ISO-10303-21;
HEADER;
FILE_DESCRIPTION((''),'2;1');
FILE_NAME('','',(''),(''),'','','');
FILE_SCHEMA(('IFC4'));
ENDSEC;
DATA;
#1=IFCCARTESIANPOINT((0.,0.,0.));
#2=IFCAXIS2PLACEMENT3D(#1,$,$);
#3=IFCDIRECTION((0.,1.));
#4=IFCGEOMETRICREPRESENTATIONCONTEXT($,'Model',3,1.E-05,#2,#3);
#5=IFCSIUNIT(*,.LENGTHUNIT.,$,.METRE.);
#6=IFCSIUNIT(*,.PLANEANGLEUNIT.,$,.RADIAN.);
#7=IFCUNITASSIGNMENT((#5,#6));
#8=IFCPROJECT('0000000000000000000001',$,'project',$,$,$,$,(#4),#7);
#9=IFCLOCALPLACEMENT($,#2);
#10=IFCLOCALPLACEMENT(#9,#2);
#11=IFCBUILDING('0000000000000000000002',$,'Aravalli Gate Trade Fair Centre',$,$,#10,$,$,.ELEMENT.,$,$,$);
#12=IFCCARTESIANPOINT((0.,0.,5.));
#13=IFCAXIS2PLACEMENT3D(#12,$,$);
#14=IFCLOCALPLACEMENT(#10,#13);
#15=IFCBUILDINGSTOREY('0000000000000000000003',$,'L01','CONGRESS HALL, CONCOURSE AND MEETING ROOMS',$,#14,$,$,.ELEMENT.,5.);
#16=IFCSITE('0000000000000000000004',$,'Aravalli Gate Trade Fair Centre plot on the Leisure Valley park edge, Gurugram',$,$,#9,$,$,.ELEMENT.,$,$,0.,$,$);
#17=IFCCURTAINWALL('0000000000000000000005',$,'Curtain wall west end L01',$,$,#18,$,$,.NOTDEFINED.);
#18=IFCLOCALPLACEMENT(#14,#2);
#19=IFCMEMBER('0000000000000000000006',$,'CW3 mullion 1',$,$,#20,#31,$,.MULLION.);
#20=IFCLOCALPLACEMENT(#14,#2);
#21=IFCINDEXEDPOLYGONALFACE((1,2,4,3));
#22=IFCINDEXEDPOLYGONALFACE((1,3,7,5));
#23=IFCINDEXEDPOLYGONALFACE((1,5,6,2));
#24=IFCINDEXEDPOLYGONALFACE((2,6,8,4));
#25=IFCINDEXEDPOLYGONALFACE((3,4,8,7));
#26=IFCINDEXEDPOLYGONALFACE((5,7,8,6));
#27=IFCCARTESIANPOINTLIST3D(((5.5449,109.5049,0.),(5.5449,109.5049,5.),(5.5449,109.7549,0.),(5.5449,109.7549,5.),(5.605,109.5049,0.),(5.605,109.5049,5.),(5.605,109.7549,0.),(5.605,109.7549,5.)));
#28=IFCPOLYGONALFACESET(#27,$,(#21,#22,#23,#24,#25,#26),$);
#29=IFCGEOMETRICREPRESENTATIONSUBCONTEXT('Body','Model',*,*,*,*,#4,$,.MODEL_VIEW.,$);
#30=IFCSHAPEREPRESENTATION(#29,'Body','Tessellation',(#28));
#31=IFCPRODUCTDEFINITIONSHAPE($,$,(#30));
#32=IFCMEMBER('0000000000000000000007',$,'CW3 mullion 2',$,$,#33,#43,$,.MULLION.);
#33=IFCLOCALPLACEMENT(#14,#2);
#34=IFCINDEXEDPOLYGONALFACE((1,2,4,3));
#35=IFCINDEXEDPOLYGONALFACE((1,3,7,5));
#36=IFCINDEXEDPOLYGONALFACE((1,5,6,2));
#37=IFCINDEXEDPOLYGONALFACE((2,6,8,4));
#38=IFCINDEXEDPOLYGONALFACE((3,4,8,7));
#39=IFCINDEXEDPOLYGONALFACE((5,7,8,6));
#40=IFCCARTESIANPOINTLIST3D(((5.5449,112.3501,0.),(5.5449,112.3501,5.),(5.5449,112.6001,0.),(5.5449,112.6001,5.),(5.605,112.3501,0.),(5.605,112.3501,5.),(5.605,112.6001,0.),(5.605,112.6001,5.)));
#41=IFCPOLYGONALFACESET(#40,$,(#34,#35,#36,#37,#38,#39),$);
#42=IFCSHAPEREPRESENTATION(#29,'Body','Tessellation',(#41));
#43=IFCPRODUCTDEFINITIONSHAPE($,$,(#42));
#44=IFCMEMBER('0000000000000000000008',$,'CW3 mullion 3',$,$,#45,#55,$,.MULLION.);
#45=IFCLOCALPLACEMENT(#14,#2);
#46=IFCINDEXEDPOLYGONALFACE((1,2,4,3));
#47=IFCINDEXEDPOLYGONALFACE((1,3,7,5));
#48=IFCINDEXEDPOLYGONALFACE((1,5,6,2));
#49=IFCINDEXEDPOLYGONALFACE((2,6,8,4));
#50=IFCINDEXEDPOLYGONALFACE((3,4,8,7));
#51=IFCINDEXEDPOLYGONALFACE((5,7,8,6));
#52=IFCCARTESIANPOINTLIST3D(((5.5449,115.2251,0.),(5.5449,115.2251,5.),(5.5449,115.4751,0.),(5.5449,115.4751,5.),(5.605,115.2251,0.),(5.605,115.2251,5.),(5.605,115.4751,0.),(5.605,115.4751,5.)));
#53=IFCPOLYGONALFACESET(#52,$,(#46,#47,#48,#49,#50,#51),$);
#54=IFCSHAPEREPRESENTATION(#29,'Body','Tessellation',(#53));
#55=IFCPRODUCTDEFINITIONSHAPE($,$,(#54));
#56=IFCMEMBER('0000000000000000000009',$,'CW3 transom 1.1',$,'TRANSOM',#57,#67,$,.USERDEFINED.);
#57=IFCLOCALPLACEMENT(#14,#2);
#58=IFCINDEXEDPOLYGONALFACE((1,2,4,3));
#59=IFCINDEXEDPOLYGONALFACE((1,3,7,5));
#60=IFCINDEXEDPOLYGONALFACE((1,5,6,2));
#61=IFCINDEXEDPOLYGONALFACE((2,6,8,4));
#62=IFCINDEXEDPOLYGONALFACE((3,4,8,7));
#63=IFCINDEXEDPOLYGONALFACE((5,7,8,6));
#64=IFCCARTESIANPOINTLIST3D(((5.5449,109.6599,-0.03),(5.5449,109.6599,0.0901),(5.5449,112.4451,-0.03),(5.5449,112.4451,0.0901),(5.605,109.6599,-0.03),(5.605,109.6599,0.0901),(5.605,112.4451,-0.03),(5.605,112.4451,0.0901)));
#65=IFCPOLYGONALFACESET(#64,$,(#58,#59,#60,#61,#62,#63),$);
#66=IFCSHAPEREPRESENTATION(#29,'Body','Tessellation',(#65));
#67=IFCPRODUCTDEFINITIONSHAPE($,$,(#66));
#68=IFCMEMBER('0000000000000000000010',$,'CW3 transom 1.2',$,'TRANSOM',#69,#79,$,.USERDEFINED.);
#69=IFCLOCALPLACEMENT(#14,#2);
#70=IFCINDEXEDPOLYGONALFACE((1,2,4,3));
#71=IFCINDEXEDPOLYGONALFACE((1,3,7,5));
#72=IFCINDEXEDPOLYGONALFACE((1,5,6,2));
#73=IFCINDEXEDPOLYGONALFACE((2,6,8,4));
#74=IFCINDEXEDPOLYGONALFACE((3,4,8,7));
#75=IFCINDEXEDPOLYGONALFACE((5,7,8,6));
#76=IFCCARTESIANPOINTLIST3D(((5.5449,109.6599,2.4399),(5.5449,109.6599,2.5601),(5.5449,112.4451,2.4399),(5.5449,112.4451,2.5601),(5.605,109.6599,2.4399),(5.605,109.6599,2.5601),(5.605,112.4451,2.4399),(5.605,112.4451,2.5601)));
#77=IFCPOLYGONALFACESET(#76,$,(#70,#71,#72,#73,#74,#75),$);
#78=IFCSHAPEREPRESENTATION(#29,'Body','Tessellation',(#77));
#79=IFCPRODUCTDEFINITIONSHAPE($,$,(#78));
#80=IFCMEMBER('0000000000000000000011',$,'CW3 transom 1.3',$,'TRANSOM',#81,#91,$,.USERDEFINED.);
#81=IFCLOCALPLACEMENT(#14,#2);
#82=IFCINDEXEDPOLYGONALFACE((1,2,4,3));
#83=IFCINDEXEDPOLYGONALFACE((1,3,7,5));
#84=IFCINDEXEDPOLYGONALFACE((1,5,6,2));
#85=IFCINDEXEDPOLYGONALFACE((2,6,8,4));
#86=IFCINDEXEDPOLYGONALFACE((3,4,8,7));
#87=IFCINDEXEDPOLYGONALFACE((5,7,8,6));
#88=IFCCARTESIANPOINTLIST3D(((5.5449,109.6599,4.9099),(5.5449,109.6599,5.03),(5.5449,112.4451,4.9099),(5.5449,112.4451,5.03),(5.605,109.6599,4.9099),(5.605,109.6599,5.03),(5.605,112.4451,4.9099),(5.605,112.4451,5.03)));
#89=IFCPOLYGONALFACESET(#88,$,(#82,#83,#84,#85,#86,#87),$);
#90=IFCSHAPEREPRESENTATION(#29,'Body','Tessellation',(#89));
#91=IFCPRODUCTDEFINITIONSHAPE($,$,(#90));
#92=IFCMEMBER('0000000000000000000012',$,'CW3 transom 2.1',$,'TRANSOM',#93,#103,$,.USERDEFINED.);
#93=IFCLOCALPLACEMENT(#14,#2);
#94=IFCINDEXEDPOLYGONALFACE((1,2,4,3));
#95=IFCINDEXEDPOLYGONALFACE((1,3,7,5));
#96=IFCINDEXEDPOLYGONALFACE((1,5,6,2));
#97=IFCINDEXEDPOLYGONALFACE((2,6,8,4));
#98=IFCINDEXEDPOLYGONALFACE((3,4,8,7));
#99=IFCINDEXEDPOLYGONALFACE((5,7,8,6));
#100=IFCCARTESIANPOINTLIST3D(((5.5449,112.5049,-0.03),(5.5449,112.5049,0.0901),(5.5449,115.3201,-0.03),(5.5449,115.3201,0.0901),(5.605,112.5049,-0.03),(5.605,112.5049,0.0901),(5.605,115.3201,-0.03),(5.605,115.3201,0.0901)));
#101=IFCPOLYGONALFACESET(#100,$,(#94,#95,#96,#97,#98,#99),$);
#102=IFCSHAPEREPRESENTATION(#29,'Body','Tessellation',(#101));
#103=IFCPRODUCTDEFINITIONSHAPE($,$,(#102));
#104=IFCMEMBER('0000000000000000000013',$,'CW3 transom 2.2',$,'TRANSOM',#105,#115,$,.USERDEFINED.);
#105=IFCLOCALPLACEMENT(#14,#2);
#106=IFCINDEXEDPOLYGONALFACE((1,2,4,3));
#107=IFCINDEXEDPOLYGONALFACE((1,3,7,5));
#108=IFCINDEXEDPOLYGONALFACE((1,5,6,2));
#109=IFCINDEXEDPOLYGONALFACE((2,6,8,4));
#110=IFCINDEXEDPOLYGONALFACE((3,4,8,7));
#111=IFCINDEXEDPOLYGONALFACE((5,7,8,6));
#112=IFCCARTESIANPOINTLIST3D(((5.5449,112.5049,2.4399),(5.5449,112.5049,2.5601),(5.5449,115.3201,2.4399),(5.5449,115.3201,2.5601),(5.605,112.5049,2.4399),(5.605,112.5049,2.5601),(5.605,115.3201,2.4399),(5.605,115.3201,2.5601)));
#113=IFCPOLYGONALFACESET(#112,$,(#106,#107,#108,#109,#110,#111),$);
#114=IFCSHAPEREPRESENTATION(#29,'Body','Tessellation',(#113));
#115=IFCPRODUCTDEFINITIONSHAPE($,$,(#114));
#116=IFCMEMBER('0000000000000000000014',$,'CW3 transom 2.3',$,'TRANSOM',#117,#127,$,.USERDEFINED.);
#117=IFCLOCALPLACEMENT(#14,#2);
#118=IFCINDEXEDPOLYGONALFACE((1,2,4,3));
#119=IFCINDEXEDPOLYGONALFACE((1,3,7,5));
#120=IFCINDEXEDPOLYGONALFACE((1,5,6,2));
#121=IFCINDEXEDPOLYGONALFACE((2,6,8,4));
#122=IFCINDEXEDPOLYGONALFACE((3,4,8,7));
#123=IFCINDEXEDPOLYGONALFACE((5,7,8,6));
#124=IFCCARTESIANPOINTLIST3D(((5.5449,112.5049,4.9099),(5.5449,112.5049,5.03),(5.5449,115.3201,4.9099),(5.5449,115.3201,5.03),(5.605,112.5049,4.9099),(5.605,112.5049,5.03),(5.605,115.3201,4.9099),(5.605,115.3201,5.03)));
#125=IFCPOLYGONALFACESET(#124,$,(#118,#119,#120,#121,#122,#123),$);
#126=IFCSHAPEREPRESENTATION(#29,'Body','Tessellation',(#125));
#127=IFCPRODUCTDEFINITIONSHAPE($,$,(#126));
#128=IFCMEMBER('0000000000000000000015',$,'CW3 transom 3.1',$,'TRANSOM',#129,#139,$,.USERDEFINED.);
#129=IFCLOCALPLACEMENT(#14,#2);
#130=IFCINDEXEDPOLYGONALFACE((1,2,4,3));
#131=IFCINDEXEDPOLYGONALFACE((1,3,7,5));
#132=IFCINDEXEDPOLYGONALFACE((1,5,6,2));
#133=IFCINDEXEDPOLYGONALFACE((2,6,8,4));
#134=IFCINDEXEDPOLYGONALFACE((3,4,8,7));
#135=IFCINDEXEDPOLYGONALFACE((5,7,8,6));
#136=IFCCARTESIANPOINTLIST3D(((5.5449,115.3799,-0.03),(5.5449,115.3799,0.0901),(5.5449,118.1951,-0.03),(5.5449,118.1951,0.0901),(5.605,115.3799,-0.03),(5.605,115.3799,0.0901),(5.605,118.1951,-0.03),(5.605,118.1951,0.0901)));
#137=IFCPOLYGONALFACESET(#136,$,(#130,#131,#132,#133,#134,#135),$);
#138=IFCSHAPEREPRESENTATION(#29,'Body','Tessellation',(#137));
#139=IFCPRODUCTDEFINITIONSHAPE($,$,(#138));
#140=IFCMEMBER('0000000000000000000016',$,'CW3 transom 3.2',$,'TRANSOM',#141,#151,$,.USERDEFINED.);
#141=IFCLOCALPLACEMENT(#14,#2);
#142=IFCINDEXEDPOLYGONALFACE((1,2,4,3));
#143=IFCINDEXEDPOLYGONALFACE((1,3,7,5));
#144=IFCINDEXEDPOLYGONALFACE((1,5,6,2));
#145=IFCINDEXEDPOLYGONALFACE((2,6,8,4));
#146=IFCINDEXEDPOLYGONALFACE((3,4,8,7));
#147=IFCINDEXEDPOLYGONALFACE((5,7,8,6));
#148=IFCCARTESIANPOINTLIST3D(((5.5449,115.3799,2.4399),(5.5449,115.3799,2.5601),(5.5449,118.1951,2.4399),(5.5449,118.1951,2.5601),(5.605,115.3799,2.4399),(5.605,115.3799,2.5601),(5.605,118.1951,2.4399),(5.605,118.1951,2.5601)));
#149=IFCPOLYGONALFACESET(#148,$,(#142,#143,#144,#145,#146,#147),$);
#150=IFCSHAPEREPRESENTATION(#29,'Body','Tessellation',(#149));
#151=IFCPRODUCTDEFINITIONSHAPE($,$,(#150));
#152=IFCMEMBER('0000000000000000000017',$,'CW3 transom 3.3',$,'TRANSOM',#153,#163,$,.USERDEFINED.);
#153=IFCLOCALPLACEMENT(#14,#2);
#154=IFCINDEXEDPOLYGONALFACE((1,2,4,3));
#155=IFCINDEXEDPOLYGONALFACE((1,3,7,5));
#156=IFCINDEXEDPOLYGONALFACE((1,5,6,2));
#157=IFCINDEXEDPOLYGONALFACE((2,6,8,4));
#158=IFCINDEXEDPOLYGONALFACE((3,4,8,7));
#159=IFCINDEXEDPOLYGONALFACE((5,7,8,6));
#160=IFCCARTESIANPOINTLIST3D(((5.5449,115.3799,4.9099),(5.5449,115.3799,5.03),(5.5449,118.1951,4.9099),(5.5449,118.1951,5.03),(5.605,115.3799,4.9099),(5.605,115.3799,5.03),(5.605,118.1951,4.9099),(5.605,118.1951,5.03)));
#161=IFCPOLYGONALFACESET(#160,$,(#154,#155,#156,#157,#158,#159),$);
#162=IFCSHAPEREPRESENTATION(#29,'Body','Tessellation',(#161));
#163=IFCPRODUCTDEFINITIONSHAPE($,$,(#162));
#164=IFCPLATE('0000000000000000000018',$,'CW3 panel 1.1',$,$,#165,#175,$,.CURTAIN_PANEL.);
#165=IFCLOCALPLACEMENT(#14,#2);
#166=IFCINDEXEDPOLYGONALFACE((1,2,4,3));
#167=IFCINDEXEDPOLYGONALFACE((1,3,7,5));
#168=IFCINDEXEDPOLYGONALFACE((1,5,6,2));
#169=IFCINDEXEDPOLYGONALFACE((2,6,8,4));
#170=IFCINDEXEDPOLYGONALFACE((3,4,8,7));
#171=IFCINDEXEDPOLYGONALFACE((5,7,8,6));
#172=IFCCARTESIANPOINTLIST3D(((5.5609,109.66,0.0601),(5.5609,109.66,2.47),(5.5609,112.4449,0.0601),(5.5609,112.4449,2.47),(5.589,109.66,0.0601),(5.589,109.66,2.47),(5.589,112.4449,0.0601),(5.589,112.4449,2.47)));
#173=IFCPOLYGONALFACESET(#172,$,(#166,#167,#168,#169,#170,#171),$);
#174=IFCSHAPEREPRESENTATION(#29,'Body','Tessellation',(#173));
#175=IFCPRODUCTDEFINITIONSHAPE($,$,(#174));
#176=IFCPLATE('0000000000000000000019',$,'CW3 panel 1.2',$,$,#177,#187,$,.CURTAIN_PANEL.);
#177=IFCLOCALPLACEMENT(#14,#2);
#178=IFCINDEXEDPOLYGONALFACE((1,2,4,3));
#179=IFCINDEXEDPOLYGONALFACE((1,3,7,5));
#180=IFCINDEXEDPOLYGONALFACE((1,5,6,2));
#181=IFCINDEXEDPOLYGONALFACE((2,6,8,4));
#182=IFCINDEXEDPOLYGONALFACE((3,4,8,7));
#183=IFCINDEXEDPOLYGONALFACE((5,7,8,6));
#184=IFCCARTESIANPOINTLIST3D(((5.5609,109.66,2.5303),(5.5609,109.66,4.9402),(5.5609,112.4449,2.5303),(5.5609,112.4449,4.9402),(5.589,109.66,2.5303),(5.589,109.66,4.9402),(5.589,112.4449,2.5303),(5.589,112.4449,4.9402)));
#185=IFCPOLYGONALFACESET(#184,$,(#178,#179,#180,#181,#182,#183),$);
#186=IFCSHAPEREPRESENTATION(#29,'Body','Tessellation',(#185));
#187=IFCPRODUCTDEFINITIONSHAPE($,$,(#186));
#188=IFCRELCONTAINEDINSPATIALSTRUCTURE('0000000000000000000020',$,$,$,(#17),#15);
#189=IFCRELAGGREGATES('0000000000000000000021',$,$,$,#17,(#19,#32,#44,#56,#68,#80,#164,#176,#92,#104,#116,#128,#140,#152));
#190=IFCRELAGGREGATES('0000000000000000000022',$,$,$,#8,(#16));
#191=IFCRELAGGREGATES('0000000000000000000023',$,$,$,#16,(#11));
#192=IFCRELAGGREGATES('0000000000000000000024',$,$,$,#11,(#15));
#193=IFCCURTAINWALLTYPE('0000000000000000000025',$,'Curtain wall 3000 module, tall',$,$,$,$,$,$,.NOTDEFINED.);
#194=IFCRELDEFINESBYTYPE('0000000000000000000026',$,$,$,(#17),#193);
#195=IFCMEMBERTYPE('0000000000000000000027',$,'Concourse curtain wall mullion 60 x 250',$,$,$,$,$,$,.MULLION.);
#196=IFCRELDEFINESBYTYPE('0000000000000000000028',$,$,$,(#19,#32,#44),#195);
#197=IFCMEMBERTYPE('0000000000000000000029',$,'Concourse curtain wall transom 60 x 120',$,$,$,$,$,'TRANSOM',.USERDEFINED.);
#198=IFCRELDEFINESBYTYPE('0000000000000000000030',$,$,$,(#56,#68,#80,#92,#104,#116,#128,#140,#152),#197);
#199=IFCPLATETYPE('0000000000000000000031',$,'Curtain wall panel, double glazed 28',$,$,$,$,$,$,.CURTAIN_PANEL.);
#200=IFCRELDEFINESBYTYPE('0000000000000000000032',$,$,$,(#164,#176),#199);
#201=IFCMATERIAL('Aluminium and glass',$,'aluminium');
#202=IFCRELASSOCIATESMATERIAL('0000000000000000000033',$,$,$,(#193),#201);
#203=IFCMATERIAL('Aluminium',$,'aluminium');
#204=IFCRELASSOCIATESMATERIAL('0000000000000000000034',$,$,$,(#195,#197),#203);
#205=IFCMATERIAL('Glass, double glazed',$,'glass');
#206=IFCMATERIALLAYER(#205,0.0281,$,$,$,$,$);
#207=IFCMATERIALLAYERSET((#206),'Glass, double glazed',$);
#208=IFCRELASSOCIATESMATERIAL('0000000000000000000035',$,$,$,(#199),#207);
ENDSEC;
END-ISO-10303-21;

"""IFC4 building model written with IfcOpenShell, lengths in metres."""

from ifc_helpers import new_model, si_unit, direction, frame, origin, origin_2d, place, context, subcontext, project, spatial, rectangle, extrude, material, layer, layer_set, material_profile, profile_set, type_object, element, aggregate, save


model = new_model("IFC4")

# Units and contexts
model_context = context("Model", 3, precision=1e-05, world=origin(), true_north=direction((0.0, 1.0)))
body_context = subcontext(model_context, "Body", "Model", "MODEL_VIEW")
ifc_project = project(units=[si_unit("LENGTHUNIT", "METRE"), si_unit("PLANEANGLEUNIT", "RADIAN")], contexts=[model_context])

# Site, building, storey
site_placement = place(None, origin())
site = spatial("IfcSite", under=ifc_project, at=site_placement, Name="Aravalli Gate Trade Fair Centre plot on the Leisure Valley park edge, Gurugram", CompositionType="ELEMENT", RefElevation=0.0)
building_placement = place(site_placement, origin())
building = spatial("IfcBuilding", under=site, at=building_placement, Name="Aravalli Gate Trade Fair Centre", CompositionType="ELEMENT")
storey_placement = place(building_placement, frame((0.0, 0.0, 5.0)))
storey = spatial("IfcBuildingStorey", under=building, at=storey_placement, Name="L01", Description="CONGRESS HALL, CONCOURSE AND MEETING ROOMS", CompositionType="ELEMENT", Elevation=5.0)

# Curtain wall, members, plates
ifc_material_1 = material(Name="Aluminium and glass", Category="aluminium")
curtain_wall_type = type_object("IfcCurtainWallType", Name="Curtain wall 3000 module, tall", PredefinedType="NOTDEFINED", material=ifc_material_1)
curtain_wall_placement = place(storey_placement, origin())
curtain_wall = element("IfcCurtainWall", 1, at=curtain_wall_placement, inside=storey, type_object=curtain_wall_type, Name="Curtain wall west end L01", PredefinedType="NOTDEFINED")
ifc_material_2 = material(Name="Aluminium", Category="aluminium")
ifc_material_profile_1 = material_profile(ifc_material_2, rectangle(XDim=0.0601, YDim=0.25, at=origin_2d()), Name="Concourse curtain wall mullion 60 x 250")
ifc_profile_set_1 = profile_set([ifc_material_profile_1], Name="Aluminium")
member_type_1 = type_object("IfcMemberType", Name="Concourse curtain wall mullion 60 x 250", PredefinedType="MULLION", material=ifc_profile_set_1)
member_1_placement = place(storey_placement, frame((5.575, 109.6299, 0.0), z_axis=(0.0, 0.0, 1.0), x_axis=(-1.0, 0.0, 0.0)))
member_1 = element("IfcMember", 2, at=member_1_placement, type_object=member_type_1, Name="CW3 mullion 1", PredefinedType="MULLION", context=body_context, shape_type="SweptSolid", body=[
    extrude(rectangle(XDim=0.0601, YDim=0.25, at=origin_2d()), origin(), (0.0, 0.0, 1.0), 5.0),
])
member_2_placement = place(storey_placement, frame((5.575, 112.4751, 0.0), z_axis=(0.0, 0.0, 1.0), x_axis=(-1.0, 0.0, 0.0)))
member_2 = element("IfcMember", 3, at=member_2_placement, type_object=member_type_1, Name="CW3 mullion 2", PredefinedType="MULLION", context=body_context, shape_type="SweptSolid", body=[
    extrude(rectangle(XDim=0.0601, YDim=0.25, at=origin_2d()), origin(), (0.0, 0.0, 1.0), 5.0),
])
member_3_placement = place(storey_placement, frame((5.575, 115.3501, 0.0), z_axis=(0.0, 0.0, 1.0), x_axis=(-1.0, 0.0, 0.0)))
member_3 = element("IfcMember", 4, at=member_3_placement, type_object=member_type_1, Name="CW3 mullion 3", PredefinedType="MULLION", context=body_context, shape_type="SweptSolid", body=[
    extrude(rectangle(XDim=0.0601, YDim=0.25, at=origin_2d()), origin(), (0.0, 0.0, 1.0), 5.0),
])
ifc_material_profile_2 = material_profile(ifc_material_2, rectangle(XDim=0.0601, YDim=0.1201, at=origin_2d()), Name="Concourse curtain wall transom 60 x 120")
ifc_profile_set_2 = profile_set([ifc_material_profile_2], Name="Aluminium")
member_type_2 = type_object("IfcMemberType", Name="Concourse curtain wall transom 60 x 120", ElementType="TRANSOM", PredefinedType="USERDEFINED", material=ifc_profile_set_2)
member_4_placement = place(storey_placement, frame((5.575, 109.6599, 0.03), z_axis=(0.0, 1.0, 0.0), x_axis=(-1.0, 0.0, 0.0)))
member_4 = element("IfcMember", 5, at=member_4_placement, type_object=member_type_2, Name="CW3 transom 1.1", ObjectType="TRANSOM", PredefinedType="USERDEFINED", context=body_context, shape_type="SweptSolid", body=[
    extrude(rectangle(XDim=0.0601, YDim=0.1201, at=origin_2d()), origin(), (0.0, 0.0, 1.0), 2.7852),
])
member_5_placement = place(storey_placement, frame((5.575, 109.6599, 2.5), z_axis=(0.0, 1.0, 0.0), x_axis=(-1.0, 0.0, 0.0)))
member_5 = element("IfcMember", 6, at=member_5_placement, type_object=member_type_2, Name="CW3 transom 1.2", ObjectType="TRANSOM", PredefinedType="USERDEFINED", context=body_context, shape_type="SweptSolid", body=[
    extrude(rectangle(XDim=0.0601, YDim=0.1201, at=origin_2d()), origin(), (0.0, 0.0, 1.0), 2.7852),
])
member_6_placement = place(storey_placement, frame((5.575, 109.6599, 4.97), z_axis=(0.0, 1.0, 0.0), x_axis=(-1.0, 0.0, 0.0)))
member_6 = element("IfcMember", 7, at=member_6_placement, type_object=member_type_2, Name="CW3 transom 1.3", ObjectType="TRANSOM", PredefinedType="USERDEFINED", context=body_context, shape_type="SweptSolid", body=[
    extrude(rectangle(XDim=0.0601, YDim=0.1201, at=origin_2d()), origin(), (0.0, 0.0, 1.0), 2.7852),
])
member_7_placement = place(storey_placement, frame((5.575, 112.5049, 0.03), z_axis=(0.0, 1.0, 0.0), x_axis=(-1.0, 0.0, 0.0)))
member_7 = element("IfcMember", 8, at=member_7_placement, type_object=member_type_2, Name="CW3 transom 2.1", ObjectType="TRANSOM", PredefinedType="USERDEFINED", context=body_context, shape_type="SweptSolid", body=[
    extrude(rectangle(XDim=0.0601, YDim=0.1201, at=origin_2d()), origin(), (0.0, 0.0, 1.0), 2.8152),
])
member_8_placement = place(storey_placement, frame((5.575, 112.5049, 2.5), z_axis=(0.0, 1.0, 0.0), x_axis=(-1.0, 0.0, 0.0)))
member_8 = element("IfcMember", 9, at=member_8_placement, type_object=member_type_2, Name="CW3 transom 2.2", ObjectType="TRANSOM", PredefinedType="USERDEFINED", context=body_context, shape_type="SweptSolid", body=[
    extrude(rectangle(XDim=0.0601, YDim=0.1201, at=origin_2d()), origin(), (0.0, 0.0, 1.0), 2.8152),
])
member_9_placement = place(storey_placement, frame((5.575, 112.5049, 4.97), z_axis=(0.0, 1.0, 0.0), x_axis=(-1.0, 0.0, 0.0)))
member_9 = element("IfcMember", 10, at=member_9_placement, type_object=member_type_2, Name="CW3 transom 2.3", ObjectType="TRANSOM", PredefinedType="USERDEFINED", context=body_context, shape_type="SweptSolid", body=[
    extrude(rectangle(XDim=0.0601, YDim=0.1201, at=origin_2d()), origin(), (0.0, 0.0, 1.0), 2.8152),
])
member_10_placement = place(storey_placement, frame((5.575, 115.3799, 0.03), z_axis=(0.0, 1.0, 0.0), x_axis=(-1.0, 0.0, 0.0)))
member_10 = element("IfcMember", 11, at=member_10_placement, type_object=member_type_2, Name="CW3 transom 3.1", ObjectType="TRANSOM", PredefinedType="USERDEFINED", context=body_context, shape_type="SweptSolid", body=[
    extrude(rectangle(XDim=0.0601, YDim=0.1201, at=origin_2d()), origin(), (0.0, 0.0, 1.0), 2.8152),
])
member_11_placement = place(storey_placement, frame((5.575, 115.3799, 2.5), z_axis=(0.0, 1.0, 0.0), x_axis=(-1.0, 0.0, 0.0)))
member_11 = element("IfcMember", 12, at=member_11_placement, type_object=member_type_2, Name="CW3 transom 3.2", ObjectType="TRANSOM", PredefinedType="USERDEFINED", context=body_context, shape_type="SweptSolid", body=[
    extrude(rectangle(XDim=0.0601, YDim=0.1201, at=origin_2d()), origin(), (0.0, 0.0, 1.0), 2.8152),
])
member_12_placement = place(storey_placement, frame((5.575, 115.3799, 4.97), z_axis=(0.0, 1.0, 0.0), x_axis=(-1.0, 0.0, 0.0)))
member_12 = element("IfcMember", 13, at=member_12_placement, type_object=member_type_2, Name="CW3 transom 3.3", ObjectType="TRANSOM", PredefinedType="USERDEFINED", context=body_context, shape_type="SweptSolid", body=[
    extrude(rectangle(XDim=0.0601, YDim=0.1201, at=origin_2d()), origin(), (0.0, 0.0, 1.0), 2.8152),
])
ifc_material_3 = material(Name="Glass, double glazed", Category="glass")
ifc_layer = layer(ifc_material_3, 0.0281)
ifc_layer_set = layer_set([ifc_layer], Name="Glass, double glazed")
plate_type = type_object("IfcPlateType", Name="Curtain wall panel, double glazed 28", PredefinedType="CURTAIN_PANEL", material=ifc_layer_set)
plate_1_placement = place(storey_placement, frame((5.575, 111.0525, 0.0601), z_axis=(0.0, 0.0, 1.0), x_axis=(0.0, 1.0, 0.0)))
plate_1 = element("IfcPlate", 14, at=plate_1_placement, type_object=plate_type, Name="CW3 panel 1.1", PredefinedType="CURTAIN_PANEL", context=body_context, shape_type="SweptSolid", body=[
    extrude(rectangle(XDim=2.7849, YDim=0.0281, at=origin_2d()), origin(), (0.0, 0.0, 1.0), 2.4099),
])
plate_2_placement = place(storey_placement, frame((5.575, 111.0525, 2.5303), z_axis=(0.0, 0.0, 1.0), x_axis=(0.0, 1.0, 0.0)))
plate_2 = element("IfcPlate", 15, at=plate_2_placement, type_object=plate_type, Name="CW3 panel 1.2", PredefinedType="CURTAIN_PANEL", context=body_context, shape_type="SweptSolid", body=[
    extrude(rectangle(XDim=2.7849, YDim=0.0281, at=origin_2d()), origin(), (0.0, 0.0, 1.0), 2.4099),
])
aggregate(curtain_wall, [member_1, member_2, member_3, member_4, member_5, member_6, plate_1, plate_2, member_7, member_8, member_9, member_10, member_11, member_12])

save(model, "model.ifc")
